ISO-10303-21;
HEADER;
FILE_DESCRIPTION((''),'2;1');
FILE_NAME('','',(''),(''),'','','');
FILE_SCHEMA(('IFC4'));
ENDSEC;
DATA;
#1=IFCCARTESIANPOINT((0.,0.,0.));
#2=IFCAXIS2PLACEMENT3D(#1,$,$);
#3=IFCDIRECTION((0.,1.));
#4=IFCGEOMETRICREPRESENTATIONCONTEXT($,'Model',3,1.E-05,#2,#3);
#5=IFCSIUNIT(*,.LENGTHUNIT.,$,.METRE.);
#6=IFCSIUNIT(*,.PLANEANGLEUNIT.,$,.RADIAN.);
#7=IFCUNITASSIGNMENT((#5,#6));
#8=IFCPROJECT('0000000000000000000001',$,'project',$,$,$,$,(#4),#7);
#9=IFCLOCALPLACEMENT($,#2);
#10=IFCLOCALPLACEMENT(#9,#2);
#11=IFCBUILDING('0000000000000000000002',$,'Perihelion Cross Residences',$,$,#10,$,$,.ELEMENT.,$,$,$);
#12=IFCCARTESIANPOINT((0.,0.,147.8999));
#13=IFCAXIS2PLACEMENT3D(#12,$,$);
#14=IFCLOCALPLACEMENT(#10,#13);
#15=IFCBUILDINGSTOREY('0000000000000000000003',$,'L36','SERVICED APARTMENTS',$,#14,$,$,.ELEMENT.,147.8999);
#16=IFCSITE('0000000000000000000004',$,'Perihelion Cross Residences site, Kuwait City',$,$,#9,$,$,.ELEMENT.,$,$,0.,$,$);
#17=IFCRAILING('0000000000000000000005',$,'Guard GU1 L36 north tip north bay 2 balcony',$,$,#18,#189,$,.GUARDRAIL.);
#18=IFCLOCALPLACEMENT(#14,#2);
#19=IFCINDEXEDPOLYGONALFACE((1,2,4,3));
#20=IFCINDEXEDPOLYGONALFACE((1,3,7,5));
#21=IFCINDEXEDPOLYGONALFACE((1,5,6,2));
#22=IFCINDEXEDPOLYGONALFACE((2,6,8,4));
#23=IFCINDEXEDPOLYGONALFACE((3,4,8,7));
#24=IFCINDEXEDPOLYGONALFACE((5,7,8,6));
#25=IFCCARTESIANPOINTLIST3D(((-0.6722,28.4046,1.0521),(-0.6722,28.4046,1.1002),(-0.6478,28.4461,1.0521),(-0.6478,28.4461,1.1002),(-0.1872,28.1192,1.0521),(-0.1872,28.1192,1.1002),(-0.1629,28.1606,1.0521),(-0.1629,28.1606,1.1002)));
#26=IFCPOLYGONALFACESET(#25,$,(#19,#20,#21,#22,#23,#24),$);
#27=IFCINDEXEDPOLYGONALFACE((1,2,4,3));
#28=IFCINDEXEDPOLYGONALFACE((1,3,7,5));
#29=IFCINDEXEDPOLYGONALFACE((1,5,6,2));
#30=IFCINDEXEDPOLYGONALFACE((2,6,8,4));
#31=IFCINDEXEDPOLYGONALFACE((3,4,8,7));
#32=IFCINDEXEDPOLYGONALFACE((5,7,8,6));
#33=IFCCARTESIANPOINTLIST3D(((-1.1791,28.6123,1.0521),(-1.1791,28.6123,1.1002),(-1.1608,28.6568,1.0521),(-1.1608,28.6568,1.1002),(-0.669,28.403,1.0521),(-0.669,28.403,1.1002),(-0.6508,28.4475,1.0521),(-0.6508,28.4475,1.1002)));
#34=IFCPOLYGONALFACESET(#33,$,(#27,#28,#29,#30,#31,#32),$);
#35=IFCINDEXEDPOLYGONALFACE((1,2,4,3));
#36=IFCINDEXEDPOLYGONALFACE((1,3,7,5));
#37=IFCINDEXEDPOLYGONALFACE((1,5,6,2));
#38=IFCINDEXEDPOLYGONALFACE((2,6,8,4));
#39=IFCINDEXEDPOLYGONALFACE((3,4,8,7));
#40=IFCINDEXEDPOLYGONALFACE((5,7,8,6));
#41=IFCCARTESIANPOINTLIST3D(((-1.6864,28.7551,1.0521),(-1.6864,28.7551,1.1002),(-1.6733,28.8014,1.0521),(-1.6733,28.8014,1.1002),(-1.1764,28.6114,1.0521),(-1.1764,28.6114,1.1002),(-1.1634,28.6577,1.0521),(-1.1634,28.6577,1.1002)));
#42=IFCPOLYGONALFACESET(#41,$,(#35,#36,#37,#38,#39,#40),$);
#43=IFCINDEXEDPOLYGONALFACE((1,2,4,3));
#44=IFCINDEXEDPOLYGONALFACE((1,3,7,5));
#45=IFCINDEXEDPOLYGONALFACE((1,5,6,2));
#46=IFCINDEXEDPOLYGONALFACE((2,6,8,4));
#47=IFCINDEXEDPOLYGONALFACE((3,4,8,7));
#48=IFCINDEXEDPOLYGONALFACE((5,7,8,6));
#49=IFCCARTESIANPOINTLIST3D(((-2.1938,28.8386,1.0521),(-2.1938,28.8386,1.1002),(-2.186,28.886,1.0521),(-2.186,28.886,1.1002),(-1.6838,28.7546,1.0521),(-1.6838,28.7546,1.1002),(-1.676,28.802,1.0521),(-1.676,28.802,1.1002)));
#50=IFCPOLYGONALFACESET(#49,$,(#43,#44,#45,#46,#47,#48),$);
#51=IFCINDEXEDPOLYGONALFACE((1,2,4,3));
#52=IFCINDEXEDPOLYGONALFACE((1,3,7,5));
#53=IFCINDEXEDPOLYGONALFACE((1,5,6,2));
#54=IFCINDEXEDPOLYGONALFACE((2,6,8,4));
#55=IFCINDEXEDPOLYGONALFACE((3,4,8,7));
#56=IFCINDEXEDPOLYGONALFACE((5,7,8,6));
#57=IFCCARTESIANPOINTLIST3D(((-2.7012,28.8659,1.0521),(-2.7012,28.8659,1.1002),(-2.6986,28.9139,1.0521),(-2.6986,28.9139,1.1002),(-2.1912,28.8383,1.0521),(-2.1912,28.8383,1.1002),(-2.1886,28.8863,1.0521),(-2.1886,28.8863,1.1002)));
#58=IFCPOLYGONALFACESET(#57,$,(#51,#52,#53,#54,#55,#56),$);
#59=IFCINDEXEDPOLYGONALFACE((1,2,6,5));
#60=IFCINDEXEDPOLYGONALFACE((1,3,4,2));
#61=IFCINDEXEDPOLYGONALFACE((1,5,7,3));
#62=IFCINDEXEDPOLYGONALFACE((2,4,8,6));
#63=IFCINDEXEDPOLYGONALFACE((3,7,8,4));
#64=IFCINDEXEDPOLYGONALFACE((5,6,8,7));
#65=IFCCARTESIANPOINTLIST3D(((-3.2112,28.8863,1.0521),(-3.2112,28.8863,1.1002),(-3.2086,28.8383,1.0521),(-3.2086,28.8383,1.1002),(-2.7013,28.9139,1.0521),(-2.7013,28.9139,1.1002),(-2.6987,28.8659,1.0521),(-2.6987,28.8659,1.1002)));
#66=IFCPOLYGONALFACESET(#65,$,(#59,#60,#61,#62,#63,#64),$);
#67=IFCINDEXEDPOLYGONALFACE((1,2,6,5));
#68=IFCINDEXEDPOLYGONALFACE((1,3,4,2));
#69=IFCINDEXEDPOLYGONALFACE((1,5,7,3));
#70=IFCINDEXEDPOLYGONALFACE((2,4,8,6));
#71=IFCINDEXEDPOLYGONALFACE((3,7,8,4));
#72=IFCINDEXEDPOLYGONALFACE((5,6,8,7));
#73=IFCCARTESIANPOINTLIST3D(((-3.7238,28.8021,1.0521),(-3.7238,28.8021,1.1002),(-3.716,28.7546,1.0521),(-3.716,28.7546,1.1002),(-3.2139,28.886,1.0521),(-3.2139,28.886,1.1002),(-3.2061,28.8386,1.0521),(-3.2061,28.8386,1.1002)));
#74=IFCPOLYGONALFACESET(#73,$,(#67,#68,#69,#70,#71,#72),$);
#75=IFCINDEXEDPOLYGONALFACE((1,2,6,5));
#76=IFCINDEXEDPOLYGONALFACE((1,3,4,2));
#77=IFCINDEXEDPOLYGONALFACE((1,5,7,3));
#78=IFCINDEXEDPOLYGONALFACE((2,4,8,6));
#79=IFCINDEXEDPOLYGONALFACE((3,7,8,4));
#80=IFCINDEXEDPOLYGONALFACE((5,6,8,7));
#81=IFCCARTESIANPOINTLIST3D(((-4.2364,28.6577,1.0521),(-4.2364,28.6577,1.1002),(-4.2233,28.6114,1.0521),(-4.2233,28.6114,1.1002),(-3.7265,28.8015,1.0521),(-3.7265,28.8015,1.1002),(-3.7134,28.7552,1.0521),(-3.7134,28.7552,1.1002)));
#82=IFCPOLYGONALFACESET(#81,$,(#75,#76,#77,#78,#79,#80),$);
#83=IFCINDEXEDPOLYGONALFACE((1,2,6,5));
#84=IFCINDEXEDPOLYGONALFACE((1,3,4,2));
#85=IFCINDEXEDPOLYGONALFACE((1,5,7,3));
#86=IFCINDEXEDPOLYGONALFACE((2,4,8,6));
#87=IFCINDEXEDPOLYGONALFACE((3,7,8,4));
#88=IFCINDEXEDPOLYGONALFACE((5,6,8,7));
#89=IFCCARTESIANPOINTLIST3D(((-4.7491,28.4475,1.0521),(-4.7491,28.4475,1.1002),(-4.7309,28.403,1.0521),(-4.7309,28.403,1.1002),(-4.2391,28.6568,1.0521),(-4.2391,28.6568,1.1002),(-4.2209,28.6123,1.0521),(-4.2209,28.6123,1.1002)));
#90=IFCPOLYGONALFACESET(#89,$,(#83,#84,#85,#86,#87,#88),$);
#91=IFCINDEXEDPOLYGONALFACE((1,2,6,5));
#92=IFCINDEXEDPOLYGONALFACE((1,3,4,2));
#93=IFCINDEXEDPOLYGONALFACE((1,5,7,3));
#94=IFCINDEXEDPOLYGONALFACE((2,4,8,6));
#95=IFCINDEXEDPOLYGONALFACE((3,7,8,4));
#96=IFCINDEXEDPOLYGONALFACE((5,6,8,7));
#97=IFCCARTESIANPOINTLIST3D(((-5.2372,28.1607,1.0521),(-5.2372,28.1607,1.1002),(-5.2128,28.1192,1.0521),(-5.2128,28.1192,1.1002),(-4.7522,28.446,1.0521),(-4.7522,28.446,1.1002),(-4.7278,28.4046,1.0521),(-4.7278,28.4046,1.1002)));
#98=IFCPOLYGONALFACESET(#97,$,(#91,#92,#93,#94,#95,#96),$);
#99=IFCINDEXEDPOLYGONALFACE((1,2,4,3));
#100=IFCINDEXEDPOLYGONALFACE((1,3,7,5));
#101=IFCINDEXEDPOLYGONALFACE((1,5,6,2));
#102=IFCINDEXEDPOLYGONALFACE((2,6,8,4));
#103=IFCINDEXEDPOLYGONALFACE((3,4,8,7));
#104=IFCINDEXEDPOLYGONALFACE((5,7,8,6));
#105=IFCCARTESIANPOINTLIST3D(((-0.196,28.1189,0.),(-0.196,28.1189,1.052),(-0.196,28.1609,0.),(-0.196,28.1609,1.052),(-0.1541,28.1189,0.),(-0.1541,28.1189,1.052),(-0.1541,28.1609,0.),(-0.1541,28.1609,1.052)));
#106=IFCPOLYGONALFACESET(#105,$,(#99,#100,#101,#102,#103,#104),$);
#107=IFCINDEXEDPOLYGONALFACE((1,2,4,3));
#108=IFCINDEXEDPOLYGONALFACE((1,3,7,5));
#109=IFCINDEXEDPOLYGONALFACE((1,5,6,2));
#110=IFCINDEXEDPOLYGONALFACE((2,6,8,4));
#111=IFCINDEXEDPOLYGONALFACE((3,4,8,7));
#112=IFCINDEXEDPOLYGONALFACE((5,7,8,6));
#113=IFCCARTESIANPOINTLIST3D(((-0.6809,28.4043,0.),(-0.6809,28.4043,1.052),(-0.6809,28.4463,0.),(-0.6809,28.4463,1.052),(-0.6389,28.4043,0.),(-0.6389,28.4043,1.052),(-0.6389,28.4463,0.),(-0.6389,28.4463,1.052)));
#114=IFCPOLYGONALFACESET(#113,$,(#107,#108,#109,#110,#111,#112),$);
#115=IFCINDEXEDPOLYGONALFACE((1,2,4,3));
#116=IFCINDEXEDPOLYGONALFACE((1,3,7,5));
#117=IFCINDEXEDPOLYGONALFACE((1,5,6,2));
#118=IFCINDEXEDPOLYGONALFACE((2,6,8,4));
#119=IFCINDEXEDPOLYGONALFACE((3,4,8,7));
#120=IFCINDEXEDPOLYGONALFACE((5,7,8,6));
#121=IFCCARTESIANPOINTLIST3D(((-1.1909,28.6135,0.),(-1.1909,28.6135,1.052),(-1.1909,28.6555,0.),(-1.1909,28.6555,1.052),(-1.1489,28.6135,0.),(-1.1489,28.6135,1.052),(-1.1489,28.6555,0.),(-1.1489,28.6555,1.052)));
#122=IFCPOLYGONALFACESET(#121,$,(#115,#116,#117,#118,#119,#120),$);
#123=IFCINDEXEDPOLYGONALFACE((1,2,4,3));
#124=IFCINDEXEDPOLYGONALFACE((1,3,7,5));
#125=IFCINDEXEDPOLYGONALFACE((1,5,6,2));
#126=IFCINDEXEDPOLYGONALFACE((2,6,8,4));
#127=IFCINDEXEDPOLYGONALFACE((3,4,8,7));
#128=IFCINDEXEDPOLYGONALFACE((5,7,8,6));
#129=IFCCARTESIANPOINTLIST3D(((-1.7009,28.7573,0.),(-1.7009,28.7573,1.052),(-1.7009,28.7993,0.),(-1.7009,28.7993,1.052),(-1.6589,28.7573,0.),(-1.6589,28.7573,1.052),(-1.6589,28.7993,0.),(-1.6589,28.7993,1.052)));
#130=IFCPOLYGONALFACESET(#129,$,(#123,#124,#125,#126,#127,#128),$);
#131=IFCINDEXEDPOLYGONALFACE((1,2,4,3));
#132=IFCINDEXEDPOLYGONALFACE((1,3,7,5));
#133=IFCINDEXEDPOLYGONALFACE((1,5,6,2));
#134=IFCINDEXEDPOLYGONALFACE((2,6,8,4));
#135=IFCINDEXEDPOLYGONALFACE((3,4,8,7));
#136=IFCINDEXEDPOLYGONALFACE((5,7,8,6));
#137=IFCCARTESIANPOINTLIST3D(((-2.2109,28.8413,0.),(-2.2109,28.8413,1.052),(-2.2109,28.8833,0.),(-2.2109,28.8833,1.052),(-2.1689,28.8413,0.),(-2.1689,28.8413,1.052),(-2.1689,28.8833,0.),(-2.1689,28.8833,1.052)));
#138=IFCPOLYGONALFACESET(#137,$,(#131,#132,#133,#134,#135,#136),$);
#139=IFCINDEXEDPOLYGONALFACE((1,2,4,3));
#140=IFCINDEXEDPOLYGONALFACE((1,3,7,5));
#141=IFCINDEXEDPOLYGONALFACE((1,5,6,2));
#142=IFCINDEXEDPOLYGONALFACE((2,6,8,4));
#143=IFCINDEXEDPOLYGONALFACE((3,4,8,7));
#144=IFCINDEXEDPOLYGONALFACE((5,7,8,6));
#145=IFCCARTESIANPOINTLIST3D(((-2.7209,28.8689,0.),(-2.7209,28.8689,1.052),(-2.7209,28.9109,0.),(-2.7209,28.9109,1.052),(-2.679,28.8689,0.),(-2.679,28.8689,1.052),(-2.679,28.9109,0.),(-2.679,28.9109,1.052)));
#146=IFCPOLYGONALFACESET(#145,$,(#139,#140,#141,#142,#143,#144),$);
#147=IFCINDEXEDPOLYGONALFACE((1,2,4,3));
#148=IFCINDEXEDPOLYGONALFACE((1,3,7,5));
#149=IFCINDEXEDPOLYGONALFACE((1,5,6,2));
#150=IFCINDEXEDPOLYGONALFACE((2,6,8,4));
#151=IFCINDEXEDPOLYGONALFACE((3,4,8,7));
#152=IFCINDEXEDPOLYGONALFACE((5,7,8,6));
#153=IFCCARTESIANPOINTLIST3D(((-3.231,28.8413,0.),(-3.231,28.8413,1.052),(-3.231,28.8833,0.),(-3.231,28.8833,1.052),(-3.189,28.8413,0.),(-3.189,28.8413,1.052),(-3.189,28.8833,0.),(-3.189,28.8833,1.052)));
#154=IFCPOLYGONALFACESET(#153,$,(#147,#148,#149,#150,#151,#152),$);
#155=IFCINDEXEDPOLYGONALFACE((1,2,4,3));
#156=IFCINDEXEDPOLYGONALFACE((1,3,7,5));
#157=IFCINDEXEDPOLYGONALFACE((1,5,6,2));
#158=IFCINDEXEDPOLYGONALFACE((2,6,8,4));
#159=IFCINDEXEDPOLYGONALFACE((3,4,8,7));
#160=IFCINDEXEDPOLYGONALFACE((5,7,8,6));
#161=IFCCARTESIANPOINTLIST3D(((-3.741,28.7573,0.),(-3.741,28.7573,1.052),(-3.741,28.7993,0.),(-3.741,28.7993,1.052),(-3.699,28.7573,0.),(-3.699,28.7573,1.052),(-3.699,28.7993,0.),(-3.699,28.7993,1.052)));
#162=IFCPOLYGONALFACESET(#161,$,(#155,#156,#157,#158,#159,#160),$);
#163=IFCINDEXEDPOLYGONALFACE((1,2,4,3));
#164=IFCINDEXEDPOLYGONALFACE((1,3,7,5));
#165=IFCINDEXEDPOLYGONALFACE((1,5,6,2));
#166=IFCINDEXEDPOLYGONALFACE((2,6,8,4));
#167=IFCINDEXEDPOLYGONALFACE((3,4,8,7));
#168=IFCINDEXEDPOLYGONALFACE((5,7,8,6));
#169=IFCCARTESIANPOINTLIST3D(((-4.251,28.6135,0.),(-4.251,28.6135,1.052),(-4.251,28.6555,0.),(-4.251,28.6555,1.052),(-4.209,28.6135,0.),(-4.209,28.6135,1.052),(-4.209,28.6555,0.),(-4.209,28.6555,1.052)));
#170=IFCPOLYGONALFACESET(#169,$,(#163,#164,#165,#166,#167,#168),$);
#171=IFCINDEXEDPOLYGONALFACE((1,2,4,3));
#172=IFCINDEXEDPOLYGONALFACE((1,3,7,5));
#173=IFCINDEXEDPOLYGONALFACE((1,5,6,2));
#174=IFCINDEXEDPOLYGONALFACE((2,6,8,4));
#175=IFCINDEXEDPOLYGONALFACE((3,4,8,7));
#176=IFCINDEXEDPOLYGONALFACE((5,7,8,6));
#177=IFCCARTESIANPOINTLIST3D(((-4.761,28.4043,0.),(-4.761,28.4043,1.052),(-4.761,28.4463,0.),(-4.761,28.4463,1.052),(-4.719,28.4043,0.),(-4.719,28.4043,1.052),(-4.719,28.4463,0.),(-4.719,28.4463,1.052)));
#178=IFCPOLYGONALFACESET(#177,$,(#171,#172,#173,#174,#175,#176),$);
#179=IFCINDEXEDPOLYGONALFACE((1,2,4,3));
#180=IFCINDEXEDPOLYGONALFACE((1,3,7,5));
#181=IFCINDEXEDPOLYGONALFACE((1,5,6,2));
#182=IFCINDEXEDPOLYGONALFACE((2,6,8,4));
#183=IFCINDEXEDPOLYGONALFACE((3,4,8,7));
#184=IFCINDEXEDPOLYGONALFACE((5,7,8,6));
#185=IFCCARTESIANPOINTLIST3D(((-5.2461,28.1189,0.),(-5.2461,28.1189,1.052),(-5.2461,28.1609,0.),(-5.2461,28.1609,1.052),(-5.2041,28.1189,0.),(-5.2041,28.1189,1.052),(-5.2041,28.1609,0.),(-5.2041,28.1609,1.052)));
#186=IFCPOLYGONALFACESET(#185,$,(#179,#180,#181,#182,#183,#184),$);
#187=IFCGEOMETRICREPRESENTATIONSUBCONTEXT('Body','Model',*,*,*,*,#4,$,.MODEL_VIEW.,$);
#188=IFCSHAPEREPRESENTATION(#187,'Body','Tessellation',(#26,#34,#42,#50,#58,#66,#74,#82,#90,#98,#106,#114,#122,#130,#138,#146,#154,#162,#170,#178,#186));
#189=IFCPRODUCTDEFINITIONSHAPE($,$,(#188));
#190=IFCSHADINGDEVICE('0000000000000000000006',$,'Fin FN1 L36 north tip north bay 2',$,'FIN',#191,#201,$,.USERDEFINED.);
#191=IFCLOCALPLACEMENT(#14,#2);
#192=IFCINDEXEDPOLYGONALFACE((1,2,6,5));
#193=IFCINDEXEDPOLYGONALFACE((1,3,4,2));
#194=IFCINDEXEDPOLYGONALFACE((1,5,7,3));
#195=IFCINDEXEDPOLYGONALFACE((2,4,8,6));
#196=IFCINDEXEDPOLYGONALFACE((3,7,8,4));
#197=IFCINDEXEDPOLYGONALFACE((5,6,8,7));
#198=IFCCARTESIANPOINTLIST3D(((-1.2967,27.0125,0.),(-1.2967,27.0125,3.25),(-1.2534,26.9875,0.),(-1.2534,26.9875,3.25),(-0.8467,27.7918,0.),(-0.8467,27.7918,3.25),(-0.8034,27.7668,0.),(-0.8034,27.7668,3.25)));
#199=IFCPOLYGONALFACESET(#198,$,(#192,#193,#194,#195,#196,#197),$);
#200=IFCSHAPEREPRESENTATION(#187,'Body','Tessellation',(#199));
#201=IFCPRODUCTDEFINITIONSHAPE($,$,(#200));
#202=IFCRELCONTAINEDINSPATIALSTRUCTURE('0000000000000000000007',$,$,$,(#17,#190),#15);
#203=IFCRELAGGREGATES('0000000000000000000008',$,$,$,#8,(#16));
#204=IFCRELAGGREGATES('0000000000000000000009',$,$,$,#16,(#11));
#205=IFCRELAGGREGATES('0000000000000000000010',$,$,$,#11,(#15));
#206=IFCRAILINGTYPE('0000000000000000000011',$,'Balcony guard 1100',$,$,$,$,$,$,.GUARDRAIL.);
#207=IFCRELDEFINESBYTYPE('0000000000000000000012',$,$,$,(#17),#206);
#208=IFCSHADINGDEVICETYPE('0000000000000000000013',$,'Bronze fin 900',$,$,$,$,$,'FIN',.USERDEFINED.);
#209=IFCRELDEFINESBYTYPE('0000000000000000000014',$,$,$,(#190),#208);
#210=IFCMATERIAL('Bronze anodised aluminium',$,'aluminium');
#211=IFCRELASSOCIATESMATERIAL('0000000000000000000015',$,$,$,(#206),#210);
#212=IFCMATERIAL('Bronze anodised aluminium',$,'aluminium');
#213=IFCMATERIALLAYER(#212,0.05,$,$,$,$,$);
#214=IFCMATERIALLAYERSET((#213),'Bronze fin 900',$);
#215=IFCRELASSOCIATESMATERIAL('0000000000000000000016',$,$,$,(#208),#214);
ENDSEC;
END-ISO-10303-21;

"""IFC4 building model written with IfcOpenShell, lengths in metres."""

from ifc_helpers import new_model, si_unit, direction, frame, origin, origin_2d, place, context, subcontext, project, spatial, rectangle, extrude, material, layer, layer_set, type_object, element, save


model = new_model("IFC4")

# Units and contexts
model_context = context("Model", 3, precision=1e-05, world=origin(), true_north=direction((0.0, 1.0)))
body_context = subcontext(model_context, "Body", "Model", "MODEL_VIEW")
ifc_project = project(units=[si_unit("LENGTHUNIT", "METRE"), si_unit("PLANEANGLEUNIT", "RADIAN")], contexts=[model_context])

# Site, building, storey
site_placement = place(None, origin())
site = spatial("IfcSite", under=ifc_project, at=site_placement, Name="Perihelion Cross Residences site, Kuwait City", CompositionType="ELEMENT", RefElevation=0.0)
building_placement = place(site_placement, origin())
building = spatial("IfcBuilding", under=site, at=building_placement, Name="Perihelion Cross Residences", CompositionType="ELEMENT")
storey_placement = place(building_placement, frame((0.0, 0.0, 147.8999)))
storey = spatial("IfcBuildingStorey", under=building, at=storey_placement, Name="L36", Description="SERVICED APARTMENTS", CompositionType="ELEMENT", Elevation=147.8999)

# Railing
ifc_material_1 = material(Name="Bronze anodised aluminium", Category="aluminium")
railing_type = type_object("IfcRailingType", Name="Balcony guard 1100", PredefinedType="GUARDRAIL", material=ifc_material_1)
railing_placement = place(storey_placement, frame((-0.175, 28.1399, 0.0)))
element("IfcRailing", 1, at=railing_placement, inside=storey, type_object=railing_type, Name="Guard GU1 L36 north tip north bay 2 balcony", PredefinedType="GUARDRAIL", context=body_context, shape_type="SweptSolid", body=[
    extrude(rectangle(XDim=0.0481, YDim=0.0481, at=origin_2d()), frame((0.0, 0.0, 1.0762), z_axis=(-0.861789, 0.507267, 0.0), x_axis=(-0.507267, -0.861789, 0.0)), (0.0, 0.0, 1.0), 0.5627),
    extrude(rectangle(XDim=0.0481, YDim=0.0481, at=origin_2d()), frame((-0.4849, 0.2854, 1.0762), z_axis=(-0.925173, 0.379547, 0.0), x_axis=(-0.379547, -0.925173, 0.0)), (0.0, 0.0, 1.0), 0.5513),
    extrude(rectangle(XDim=0.0481, YDim=0.0481, at=origin_2d()), frame((-0.9949, 0.4946, 1.0762), z_axis=(-0.962474, 0.271373, 0.0), x_axis=(-0.271373, -0.962474, 0.0)), (0.0, 0.0, 1.0), 0.5298),
    extrude(rectangle(XDim=0.0481, YDim=0.0481, at=origin_2d()), frame((-1.5049, 0.6384, 1.0762), z_axis=(-0.986711, 0.162484, 0.0), x_axis=(-0.162484, -0.986711, 0.0)), (0.0, 0.0, 1.0), 0.5168),
    extrude(rectangle(XDim=0.0481, YDim=0.0481, at=origin_2d()), frame((-2.0149, 0.7224, 1.0762), z_axis=(-0.99854, 0.054014, 0.0), x_axis=(-0.054014, -0.99854, 0.0)), (0.0, 0.0, 1.0), 0.5107),
    extrude(rectangle(XDim=0.0481, YDim=0.0481, at=origin_2d()), frame((-2.5249, 0.75, 1.0762), z_axis=(-0.99854, -0.054014, 0.0), x_axis=(0.054014, -0.99854, 0.0)), (0.0, 0.0, 1.0), 0.5107),
    extrude(rectangle(XDim=0.0481, YDim=0.0481, at=origin_2d()), frame((-3.0349, 0.7224, 1.0762), z_axis=(-0.986711, -0.162484, 0.0), x_axis=(0.162484, -0.986711, 0.0)), (0.0, 0.0, 1.0), 0.5168),
    extrude(rectangle(XDim=0.0481, YDim=0.0481, at=origin_2d()), frame((-3.5449, 0.6384, 1.0762), z_axis=(-0.962474, -0.271373, 0.0), x_axis=(0.271373, -0.962474, 0.0)), (0.0, 0.0, 1.0), 0.5298),
    extrude(rectangle(XDim=0.0481, YDim=0.0481, at=origin_2d()), frame((-4.0549, 0.4946, 1.0762), z_axis=(-0.925173, -0.379547, 0.0), x_axis=(0.379547, -0.925173, 0.0)), (0.0, 0.0, 1.0), 0.5513),
    extrude(rectangle(XDim=0.0481, YDim=0.0481, at=origin_2d()), frame((-4.5649, 0.2854, 1.0762), z_axis=(-0.861901, -0.507077, 0.0), x_axis=(0.507077, -0.861901, 0.0)), (0.0, 0.0, 1.0), 0.5627),
    extrude(rectangle(XDim=0.042, YDim=0.042, at=origin_2d()), origin(), (0.0, 0.0, 1.0), 1.052),
    extrude(rectangle(XDim=0.042, YDim=0.042, at=origin_2d()), frame((-0.4849, 0.2854, 0.0)), (0.0, 0.0, 1.0), 1.052),
    extrude(rectangle(XDim=0.042, YDim=0.042, at=origin_2d()), frame((-0.9949, 0.4946, 0.0)), (0.0, 0.0, 1.0), 1.052),
    extrude(rectangle(XDim=0.042, YDim=0.042, at=origin_2d()), frame((-1.5049, 0.6384, 0.0)), (0.0, 0.0, 1.0), 1.052),
    extrude(rectangle(XDim=0.042, YDim=0.042, at=origin_2d()), frame((-2.0149, 0.7224, 0.0)), (0.0, 0.0, 1.0), 1.052),
    extrude(rectangle(XDim=0.042, YDim=0.042, at=origin_2d()), frame((-2.5249, 0.75, 0.0)), (0.0, 0.0, 1.0), 1.052),
    extrude(rectangle(XDim=0.042, YDim=0.042, at=origin_2d()), frame((-3.0349, 0.7224, 0.0)), (0.0, 0.0, 1.0), 1.052),
    extrude(rectangle(XDim=0.042, YDim=0.042, at=origin_2d()), frame((-3.5449, 0.6384, 0.0)), (0.0, 0.0, 1.0), 1.052),
    extrude(rectangle(XDim=0.042, YDim=0.042, at=origin_2d()), frame((-4.0549, 0.4946, 0.0)), (0.0, 0.0, 1.0), 1.052),
    extrude(rectangle(XDim=0.042, YDim=0.042, at=origin_2d()), frame((-4.5649, 0.2854, 0.0)), (0.0, 0.0, 1.0), 1.052),
    extrude(rectangle(XDim=0.042, YDim=0.042, at=origin_2d()), frame((-5.05, 0.0, 0.0)), (0.0, 0.0, 1.0), 1.052),
])

# Shading device
ifc_material_2 = material(Name="Bronze anodised aluminium", Category="aluminium")
ifc_layer_1 = layer(ifc_material_2, 0.05)
ifc_layer_set_1 = layer_set([ifc_layer_1], Name="Bronze fin 900")
shading_device_type = type_object("IfcShadingDeviceType", Name="Bronze fin 900", ElementType="FIN", PredefinedType="USERDEFINED", material=ifc_layer_set_1)
shading_device_placement = place(storey_placement, frame((-1.05, 27.3896, 0.0), z_axis=(0.0, 0.0, 1.0), x_axis=(0.5, 0.866025, 0.0)))
element("IfcShadingDevice", 2, at=shading_device_placement, inside=storey, type_object=shading_device_type, Name="Fin FN1 L36 north tip north bay 2", ObjectType="FIN", PredefinedType="USERDEFINED", context=body_context, shape_type="SweptSolid", body=[
    extrude(rectangle(XDim=0.8999, YDim=0.05, at=origin_2d()), origin(), (0.0, 0.0, 1.0), 3.25),
])

save(model, "model.ifc")
